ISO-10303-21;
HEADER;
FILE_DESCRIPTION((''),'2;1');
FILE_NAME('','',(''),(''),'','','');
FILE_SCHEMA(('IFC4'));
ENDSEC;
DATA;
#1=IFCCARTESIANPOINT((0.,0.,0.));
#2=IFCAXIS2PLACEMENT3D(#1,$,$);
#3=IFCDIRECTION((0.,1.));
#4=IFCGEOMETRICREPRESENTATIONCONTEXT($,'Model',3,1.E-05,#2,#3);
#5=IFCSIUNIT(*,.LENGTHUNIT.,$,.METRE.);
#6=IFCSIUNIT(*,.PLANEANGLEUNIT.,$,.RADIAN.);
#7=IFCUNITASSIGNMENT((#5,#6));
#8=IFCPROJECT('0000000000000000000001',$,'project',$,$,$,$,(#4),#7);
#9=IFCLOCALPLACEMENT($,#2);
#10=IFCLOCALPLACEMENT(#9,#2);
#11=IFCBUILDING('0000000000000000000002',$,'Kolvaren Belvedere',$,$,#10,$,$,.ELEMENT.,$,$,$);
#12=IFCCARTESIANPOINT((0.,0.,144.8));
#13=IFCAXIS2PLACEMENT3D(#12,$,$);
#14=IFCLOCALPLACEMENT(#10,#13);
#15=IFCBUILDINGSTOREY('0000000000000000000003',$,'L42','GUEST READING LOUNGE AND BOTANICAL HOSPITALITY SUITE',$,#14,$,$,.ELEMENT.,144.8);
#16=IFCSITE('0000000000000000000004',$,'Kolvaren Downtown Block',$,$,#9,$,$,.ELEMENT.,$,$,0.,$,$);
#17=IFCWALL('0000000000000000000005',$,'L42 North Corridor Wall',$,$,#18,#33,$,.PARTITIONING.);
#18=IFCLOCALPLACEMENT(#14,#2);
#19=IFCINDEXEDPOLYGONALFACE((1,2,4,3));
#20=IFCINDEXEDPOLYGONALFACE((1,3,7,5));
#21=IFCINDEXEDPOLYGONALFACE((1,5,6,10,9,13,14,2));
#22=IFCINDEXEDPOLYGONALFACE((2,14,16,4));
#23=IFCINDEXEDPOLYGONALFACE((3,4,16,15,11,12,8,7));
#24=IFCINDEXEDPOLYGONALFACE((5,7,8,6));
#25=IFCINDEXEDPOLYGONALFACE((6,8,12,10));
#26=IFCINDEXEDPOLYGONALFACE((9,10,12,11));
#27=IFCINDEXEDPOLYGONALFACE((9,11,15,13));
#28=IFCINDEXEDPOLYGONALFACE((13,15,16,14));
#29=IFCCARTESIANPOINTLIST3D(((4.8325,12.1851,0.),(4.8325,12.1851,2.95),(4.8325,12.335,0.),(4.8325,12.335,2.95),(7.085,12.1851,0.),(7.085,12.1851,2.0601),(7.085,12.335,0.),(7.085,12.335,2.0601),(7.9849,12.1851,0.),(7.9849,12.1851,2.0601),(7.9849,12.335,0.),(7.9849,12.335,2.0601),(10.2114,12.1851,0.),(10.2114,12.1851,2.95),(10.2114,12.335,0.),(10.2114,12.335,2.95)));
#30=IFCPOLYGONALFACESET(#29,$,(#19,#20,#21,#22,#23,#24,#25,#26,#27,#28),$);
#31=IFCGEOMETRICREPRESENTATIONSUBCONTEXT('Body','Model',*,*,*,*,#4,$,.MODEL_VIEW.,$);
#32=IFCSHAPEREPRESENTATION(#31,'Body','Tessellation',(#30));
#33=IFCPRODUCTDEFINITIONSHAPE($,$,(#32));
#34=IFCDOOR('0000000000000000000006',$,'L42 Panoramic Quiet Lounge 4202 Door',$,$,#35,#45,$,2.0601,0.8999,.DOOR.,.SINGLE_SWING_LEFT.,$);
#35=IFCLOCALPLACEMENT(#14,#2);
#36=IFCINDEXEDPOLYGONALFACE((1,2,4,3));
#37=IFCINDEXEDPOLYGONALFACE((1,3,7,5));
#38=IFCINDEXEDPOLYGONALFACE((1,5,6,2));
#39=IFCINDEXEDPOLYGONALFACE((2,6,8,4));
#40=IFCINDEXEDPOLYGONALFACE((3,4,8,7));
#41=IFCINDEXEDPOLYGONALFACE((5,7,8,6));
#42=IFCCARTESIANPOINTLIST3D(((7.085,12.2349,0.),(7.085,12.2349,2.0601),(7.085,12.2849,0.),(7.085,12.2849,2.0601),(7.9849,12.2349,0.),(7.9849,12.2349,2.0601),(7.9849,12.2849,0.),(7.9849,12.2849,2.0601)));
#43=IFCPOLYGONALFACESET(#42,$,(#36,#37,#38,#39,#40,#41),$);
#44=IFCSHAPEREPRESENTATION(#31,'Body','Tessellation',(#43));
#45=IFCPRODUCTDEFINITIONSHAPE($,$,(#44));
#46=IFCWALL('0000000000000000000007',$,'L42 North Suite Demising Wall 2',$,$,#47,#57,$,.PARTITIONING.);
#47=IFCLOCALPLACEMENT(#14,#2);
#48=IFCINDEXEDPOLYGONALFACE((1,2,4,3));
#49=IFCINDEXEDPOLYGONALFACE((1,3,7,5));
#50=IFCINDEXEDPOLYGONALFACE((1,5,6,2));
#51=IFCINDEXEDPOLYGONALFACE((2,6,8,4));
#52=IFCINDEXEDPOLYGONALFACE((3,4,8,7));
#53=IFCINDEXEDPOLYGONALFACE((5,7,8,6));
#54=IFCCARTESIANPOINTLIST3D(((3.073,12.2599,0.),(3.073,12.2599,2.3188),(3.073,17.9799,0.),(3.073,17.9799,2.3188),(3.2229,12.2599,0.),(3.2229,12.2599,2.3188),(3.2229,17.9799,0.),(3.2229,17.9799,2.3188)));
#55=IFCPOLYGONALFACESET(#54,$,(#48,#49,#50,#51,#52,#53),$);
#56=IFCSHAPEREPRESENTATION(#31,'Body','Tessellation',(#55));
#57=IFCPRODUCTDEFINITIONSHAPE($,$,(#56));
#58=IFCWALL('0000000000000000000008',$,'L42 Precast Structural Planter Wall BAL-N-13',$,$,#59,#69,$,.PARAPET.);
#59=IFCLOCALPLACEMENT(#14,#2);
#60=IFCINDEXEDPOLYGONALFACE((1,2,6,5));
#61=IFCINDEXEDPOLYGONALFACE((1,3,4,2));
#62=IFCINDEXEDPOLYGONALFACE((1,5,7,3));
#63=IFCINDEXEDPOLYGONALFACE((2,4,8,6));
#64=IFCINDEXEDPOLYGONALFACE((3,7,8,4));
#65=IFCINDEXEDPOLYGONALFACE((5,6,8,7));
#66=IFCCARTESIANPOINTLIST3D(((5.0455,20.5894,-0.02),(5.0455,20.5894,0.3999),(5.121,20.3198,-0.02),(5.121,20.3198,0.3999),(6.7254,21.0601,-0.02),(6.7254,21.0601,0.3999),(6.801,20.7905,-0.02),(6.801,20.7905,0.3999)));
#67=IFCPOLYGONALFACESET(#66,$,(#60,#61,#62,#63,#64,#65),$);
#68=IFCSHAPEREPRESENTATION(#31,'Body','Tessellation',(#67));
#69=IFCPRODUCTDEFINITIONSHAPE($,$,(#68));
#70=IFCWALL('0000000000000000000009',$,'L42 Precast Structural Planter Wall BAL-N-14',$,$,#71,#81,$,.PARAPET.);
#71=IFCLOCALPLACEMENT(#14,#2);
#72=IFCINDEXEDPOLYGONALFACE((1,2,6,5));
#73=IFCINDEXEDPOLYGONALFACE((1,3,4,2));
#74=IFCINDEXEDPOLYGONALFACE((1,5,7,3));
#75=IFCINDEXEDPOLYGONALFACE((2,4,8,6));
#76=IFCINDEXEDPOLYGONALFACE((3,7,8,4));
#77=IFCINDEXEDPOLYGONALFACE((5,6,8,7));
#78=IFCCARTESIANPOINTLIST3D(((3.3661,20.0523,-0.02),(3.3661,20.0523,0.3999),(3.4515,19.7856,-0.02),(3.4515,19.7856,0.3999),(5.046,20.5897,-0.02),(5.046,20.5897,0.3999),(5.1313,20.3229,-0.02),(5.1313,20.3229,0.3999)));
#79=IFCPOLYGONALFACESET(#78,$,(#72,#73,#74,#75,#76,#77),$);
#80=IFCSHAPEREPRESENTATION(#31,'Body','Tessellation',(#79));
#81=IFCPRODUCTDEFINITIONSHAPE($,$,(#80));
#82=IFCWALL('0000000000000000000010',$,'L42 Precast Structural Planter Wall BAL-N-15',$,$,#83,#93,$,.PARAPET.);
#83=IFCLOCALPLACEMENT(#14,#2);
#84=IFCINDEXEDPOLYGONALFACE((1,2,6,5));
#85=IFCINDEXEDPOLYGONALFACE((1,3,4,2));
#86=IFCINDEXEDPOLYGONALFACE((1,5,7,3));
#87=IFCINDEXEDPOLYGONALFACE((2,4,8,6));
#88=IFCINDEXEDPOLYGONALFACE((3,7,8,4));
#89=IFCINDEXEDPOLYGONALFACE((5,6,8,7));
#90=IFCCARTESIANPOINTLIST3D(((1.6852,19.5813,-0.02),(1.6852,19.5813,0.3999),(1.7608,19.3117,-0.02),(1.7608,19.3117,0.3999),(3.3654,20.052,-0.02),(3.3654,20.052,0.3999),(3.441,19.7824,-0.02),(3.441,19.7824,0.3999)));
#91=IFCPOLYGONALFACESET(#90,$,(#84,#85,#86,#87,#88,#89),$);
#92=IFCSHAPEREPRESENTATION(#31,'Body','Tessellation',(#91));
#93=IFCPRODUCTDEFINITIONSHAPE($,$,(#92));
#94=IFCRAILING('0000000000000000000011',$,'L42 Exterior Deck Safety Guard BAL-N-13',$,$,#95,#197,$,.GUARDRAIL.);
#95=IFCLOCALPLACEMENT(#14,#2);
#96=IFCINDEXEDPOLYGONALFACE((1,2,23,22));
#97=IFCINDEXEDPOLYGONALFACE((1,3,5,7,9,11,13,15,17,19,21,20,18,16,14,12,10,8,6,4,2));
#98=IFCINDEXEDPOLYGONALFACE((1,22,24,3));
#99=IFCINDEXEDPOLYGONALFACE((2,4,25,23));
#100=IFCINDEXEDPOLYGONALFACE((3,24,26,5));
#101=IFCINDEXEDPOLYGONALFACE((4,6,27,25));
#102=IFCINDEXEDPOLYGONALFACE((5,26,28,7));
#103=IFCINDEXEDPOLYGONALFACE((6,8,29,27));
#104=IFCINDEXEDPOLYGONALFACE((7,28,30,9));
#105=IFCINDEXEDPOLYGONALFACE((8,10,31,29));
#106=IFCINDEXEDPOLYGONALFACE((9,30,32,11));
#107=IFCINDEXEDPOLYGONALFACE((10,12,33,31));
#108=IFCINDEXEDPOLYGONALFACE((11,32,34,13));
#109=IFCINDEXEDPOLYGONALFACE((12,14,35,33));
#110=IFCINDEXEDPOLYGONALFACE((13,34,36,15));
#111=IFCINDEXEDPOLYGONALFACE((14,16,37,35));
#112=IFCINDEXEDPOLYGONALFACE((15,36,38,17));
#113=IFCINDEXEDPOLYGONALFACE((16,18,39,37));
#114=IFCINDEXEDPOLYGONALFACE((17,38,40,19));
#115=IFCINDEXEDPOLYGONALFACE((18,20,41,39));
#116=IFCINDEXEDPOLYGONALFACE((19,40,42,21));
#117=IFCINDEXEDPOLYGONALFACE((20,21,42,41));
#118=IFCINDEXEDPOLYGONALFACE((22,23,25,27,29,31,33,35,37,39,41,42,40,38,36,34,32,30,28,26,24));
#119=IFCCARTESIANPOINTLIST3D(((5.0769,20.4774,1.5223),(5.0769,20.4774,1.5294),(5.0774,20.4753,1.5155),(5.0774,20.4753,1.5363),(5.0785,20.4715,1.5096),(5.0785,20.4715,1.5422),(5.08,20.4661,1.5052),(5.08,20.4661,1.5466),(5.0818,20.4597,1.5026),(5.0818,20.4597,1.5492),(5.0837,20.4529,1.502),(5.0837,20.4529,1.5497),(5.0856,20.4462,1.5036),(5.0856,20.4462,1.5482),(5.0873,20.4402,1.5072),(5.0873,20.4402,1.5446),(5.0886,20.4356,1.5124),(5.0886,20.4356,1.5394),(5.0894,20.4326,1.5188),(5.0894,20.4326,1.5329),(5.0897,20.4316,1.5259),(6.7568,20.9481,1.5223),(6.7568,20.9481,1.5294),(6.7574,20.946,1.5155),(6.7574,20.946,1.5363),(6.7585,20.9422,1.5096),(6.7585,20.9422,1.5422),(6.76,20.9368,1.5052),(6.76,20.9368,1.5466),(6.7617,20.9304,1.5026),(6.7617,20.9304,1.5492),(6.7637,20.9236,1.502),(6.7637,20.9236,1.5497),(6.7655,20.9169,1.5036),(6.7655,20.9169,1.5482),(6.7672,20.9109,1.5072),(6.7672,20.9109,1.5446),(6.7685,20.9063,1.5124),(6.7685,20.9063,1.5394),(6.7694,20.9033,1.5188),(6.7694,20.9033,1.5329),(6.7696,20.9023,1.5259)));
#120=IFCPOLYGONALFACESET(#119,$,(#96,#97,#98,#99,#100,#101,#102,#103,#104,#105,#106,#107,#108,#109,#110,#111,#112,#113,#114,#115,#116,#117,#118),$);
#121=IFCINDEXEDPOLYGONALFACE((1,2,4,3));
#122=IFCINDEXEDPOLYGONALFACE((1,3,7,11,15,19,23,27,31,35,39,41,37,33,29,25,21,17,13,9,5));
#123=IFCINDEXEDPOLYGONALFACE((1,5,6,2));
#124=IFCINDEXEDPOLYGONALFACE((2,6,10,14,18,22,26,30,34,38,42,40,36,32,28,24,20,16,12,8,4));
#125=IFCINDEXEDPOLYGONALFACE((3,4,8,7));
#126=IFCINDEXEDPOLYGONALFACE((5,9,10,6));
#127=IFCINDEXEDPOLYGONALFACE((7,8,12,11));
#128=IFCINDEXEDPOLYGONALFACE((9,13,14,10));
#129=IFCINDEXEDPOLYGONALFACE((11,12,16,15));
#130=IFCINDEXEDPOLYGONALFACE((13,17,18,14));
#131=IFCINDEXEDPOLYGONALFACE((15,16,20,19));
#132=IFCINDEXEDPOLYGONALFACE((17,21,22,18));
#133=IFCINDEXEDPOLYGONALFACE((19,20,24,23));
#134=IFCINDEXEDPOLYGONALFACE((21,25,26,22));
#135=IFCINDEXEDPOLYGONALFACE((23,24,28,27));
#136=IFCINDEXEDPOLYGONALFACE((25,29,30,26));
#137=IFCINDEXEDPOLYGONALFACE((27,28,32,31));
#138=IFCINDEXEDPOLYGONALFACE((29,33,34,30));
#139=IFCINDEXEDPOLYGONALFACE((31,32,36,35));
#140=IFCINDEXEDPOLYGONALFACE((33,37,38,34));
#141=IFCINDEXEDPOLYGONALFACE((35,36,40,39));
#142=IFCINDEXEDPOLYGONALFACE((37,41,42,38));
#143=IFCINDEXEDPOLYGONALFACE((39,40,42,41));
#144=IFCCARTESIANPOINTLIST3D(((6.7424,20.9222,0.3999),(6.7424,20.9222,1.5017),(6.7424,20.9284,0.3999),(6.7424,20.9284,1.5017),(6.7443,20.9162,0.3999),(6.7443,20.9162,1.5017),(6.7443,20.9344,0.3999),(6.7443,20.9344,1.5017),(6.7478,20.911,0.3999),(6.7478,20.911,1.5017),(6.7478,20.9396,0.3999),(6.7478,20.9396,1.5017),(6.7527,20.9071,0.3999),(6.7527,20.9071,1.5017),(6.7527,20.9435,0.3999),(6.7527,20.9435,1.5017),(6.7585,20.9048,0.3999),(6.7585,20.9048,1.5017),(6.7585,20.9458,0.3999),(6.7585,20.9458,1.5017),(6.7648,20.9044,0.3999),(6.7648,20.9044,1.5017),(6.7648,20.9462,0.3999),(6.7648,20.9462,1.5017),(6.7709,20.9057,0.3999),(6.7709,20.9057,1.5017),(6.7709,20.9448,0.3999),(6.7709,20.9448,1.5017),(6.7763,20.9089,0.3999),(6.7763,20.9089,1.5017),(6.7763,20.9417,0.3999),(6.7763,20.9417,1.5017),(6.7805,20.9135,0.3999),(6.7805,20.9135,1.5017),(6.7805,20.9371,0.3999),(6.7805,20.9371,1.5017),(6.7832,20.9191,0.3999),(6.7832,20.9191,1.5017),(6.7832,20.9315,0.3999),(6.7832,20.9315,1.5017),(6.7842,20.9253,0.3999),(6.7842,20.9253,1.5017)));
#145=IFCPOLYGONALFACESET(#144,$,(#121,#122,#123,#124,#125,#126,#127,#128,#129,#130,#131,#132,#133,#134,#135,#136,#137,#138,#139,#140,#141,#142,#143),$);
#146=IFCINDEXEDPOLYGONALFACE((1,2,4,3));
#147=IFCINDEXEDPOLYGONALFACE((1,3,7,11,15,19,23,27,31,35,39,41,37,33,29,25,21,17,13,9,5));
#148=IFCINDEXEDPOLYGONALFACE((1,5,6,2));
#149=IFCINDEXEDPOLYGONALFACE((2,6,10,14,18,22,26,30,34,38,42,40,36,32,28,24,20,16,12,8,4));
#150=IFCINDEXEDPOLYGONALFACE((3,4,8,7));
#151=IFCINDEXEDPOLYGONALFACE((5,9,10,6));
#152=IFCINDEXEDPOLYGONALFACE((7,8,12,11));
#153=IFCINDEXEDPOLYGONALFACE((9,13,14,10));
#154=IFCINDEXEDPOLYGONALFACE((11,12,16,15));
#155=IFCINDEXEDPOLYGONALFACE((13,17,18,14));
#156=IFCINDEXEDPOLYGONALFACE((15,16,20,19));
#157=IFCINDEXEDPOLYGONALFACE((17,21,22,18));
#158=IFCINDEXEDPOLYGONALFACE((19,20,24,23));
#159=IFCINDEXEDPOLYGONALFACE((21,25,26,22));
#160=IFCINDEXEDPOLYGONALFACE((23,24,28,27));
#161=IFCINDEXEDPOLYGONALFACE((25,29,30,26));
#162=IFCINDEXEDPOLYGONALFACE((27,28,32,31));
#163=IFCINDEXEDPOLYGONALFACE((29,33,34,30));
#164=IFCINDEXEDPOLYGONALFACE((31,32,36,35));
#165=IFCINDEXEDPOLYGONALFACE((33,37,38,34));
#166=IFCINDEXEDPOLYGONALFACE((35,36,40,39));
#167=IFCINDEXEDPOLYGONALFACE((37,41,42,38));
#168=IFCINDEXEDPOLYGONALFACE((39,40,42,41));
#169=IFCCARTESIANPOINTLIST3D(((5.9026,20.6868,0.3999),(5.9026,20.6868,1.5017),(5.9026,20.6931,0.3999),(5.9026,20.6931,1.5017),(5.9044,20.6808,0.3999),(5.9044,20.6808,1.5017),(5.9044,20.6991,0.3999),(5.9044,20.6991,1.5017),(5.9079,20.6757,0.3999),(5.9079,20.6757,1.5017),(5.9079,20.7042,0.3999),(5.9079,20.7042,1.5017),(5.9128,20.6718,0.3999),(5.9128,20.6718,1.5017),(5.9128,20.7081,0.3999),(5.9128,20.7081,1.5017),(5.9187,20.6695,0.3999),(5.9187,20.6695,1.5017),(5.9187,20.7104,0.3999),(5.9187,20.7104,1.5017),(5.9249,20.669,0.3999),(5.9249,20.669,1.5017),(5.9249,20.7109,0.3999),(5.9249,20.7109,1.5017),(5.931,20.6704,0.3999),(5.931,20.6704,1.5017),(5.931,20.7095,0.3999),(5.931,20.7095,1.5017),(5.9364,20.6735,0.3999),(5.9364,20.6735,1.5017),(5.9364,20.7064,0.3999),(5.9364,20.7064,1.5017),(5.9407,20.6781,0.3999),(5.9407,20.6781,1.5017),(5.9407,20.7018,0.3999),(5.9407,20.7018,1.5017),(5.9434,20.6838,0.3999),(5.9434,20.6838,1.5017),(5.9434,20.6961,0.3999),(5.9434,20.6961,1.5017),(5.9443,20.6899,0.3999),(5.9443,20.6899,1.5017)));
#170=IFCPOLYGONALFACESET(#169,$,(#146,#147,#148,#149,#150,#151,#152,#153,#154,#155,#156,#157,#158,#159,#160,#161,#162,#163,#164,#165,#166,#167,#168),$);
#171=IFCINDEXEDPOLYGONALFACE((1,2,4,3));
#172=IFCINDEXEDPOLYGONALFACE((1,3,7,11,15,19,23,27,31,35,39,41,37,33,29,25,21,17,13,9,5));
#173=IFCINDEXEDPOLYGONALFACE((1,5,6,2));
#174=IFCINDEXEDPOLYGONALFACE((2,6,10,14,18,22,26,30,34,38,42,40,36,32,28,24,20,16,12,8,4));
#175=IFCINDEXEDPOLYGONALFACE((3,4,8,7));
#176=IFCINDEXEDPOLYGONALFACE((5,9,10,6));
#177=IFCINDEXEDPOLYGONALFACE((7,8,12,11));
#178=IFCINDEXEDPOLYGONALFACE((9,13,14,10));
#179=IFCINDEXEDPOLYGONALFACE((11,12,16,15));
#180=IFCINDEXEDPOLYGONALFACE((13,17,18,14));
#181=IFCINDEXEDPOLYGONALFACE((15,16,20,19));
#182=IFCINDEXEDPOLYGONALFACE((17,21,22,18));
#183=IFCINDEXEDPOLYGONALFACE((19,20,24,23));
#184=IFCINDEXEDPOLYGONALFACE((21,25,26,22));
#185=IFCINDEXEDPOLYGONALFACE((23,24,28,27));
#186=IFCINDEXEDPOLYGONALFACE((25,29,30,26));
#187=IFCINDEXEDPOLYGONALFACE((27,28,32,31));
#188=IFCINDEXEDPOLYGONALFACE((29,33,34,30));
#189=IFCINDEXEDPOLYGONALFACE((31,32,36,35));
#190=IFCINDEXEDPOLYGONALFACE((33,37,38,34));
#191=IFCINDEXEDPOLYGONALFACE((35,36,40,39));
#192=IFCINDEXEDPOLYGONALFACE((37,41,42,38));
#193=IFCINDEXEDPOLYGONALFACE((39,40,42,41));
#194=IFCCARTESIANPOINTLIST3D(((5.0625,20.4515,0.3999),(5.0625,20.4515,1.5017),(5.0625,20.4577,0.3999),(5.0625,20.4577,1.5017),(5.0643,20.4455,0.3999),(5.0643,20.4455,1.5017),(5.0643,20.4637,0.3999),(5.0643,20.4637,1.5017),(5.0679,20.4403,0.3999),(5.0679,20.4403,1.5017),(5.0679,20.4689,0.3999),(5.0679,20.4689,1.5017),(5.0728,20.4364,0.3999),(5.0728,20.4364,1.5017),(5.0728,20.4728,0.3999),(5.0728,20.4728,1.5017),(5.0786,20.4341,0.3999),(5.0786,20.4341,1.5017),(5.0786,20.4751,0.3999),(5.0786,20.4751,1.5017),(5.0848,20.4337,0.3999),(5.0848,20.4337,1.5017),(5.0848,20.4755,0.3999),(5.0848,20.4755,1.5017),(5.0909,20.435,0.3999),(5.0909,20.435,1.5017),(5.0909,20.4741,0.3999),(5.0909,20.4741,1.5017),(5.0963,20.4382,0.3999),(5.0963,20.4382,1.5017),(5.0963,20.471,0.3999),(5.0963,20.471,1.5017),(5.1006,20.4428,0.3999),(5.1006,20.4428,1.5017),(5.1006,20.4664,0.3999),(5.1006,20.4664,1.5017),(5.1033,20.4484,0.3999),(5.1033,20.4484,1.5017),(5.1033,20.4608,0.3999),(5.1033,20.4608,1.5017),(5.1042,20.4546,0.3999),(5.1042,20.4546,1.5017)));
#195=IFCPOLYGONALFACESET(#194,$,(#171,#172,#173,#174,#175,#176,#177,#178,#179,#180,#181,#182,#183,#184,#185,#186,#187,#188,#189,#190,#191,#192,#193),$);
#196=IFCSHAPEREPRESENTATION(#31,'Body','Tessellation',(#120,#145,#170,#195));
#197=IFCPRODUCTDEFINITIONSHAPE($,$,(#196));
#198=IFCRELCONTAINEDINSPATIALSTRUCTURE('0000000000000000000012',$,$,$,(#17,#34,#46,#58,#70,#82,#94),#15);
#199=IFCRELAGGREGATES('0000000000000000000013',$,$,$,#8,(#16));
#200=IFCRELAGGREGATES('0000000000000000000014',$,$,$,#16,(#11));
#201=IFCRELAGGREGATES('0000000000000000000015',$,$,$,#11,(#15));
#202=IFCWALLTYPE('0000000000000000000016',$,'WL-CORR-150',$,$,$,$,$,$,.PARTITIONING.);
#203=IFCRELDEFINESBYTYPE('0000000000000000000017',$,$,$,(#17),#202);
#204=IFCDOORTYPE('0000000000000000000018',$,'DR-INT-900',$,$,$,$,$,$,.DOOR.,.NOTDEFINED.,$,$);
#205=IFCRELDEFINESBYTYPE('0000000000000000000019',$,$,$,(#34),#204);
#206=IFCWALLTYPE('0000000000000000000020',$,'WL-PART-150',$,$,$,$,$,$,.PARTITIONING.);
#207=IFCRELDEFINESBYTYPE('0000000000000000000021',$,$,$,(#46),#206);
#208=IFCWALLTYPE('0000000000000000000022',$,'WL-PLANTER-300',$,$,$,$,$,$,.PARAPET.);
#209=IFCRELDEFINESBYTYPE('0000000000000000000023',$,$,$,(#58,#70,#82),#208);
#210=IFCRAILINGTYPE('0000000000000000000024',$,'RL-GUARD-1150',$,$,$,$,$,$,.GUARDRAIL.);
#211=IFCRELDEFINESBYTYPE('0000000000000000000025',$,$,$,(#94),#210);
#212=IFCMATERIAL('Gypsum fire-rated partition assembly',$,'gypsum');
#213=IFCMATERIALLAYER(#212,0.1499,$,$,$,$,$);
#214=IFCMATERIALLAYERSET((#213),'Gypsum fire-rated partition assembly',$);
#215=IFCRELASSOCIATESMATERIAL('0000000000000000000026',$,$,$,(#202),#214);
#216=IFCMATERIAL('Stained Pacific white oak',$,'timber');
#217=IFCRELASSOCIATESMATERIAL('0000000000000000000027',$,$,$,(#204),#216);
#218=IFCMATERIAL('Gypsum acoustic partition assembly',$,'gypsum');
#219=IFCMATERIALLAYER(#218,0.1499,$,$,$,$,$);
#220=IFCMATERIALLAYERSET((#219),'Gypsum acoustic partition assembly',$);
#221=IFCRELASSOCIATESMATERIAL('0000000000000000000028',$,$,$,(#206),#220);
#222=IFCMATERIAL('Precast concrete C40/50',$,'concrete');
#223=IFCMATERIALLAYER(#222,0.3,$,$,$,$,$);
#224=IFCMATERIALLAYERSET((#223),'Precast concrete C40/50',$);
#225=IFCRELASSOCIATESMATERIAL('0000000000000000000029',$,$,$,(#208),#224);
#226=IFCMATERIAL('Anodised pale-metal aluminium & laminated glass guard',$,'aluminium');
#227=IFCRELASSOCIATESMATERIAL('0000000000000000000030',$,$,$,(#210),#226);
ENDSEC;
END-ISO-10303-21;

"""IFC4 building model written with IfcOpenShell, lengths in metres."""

from ifc_helpers import new_model, si_unit, direction, frame, frame_2d, origin, origin_2d, place, context, subcontext, project, spatial, rectangle, circle, extrude, material, layer, layer_set, type_object, element, fill, save


model = new_model("IFC4")

# Units and contexts
model_context = context("Model", 3, precision=1e-05, world=origin(), true_north=direction((0.0, 1.0)))
body_context = subcontext(model_context, "Body", "Model", "MODEL_VIEW")
ifc_project = project(units=[si_unit("LENGTHUNIT", "METRE"), si_unit("PLANEANGLEUNIT", "RADIAN")], contexts=[model_context])

# Site, building, storey
site_placement = place(None, origin())
site = spatial("IfcSite", under=ifc_project, at=site_placement, Name="Kolvaren Downtown Block", CompositionType="ELEMENT", RefElevation=0.0)
building_placement = place(site_placement, origin())
building = spatial("IfcBuilding", under=site, at=building_placement, Name="Kolvaren Belvedere", CompositionType="ELEMENT")
storey_placement = place(building_placement, frame((0.0, 0.0, 144.8)))
storey = spatial("IfcBuildingStorey", under=building, at=storey_placement, Name="L42", Description="GUEST READING LOUNGE AND BOTANICAL HOSPITALITY SUITE", CompositionType="ELEMENT", Elevation=144.8)

# Shared definitions
ifc_material_1 = material(Name="Gypsum fire-rated partition assembly", Category="gypsum")
ifc_layer_1 = layer(ifc_material_1, 0.1499)
ifc_layer_set_1 = layer_set([ifc_layer_1], Name="Gypsum fire-rated partition assembly")
wall_type_1 = type_object("IfcWallType", Name="WL-CORR-150", PredefinedType="PARTITIONING", material=ifc_layer_set_1)

# Wall, opening, door
wall_1_placement = place(storey_placement, frame((4.8325, 12.26, 0.0), z_axis=(0.0, 0.0, 1.0), x_axis=(1.0, 0.0, 0.0)))
wall_1 = element("IfcWall", 1, at=wall_1_placement, inside=storey, type_object=wall_type_1, Name="L42 North Corridor Wall", PredefinedType="PARTITIONING", context=body_context, shape_type="SweptSolid", body=[
    extrude(rectangle(XDim=5.3789, YDim=0.1499, at=frame_2d((2.6895, 0.0))), origin(), (0.0, 0.0, 1.0), 2.95),
])
opening_placement = place(wall_1_placement, frame((2.2524, 0.0, 0.0)))
opening = element("IfcOpeningElement", 2, at=opening_placement, cuts=wall_1, PredefinedType="OPENING", context=body_context, shape_type="SweptSolid", body=[
    extrude(rectangle(XDim=0.8999, YDim=2.0601, at=frame_2d((0.45, 1.03))), frame((0.0, 0.085, 0.0), z_axis=(0.0, -1.0, 0.0), x_axis=(1.0, 0.0, 0.0)), (0.0, 0.0, 1.0), 0.1699),
])
ifc_material_2 = material(Name="Stained Pacific white oak", Category="timber")
door_type = type_object("IfcDoorType", Name="DR-INT-900", OperationType="NOTDEFINED", PredefinedType="DOOR", material=ifc_material_2)
door_placement = place(opening_placement, origin())
door = element("IfcDoor", 3, at=door_placement, inside=storey, type_object=door_type, Name="L42 Panoramic Quiet Lounge 4202 Door", OperationType="SINGLE_SWING_LEFT", OverallHeight=2.0601, OverallWidth=0.8999, PredefinedType="DOOR", context=body_context, shape_type="SweptSolid", body=[
    extrude(rectangle(XDim=0.8999, YDim=2.0601, at=frame_2d((0.45, 1.03))), frame((0.0, 0.0249, 0.0), z_axis=(0.0, -1.0, 0.0), x_axis=(1.0, 0.0, 0.0)), (0.0, 0.0, 1.0), 0.05),
])
fill(opening, door)

# Walls
ifc_material_3 = material(Name="Gypsum acoustic partition assembly", Category="gypsum")
ifc_layer_2 = layer(ifc_material_3, 0.1499)
ifc_layer_set_2 = layer_set([ifc_layer_2], Name="Gypsum acoustic partition assembly")
wall_type_2 = type_object("IfcWallType", Name="WL-PART-150", PredefinedType="PARTITIONING", material=ifc_layer_set_2)
wall_2_placement = place(storey_placement, frame((3.1479, 12.26, 0.0), z_axis=(0.0, 0.0, 1.0), x_axis=(0.0, 1.0, 0.0)))
element("IfcWall", 4, at=wall_2_placement, inside=storey, type_object=wall_type_2, Name="L42 North Suite Demising Wall 2", PredefinedType="PARTITIONING", context=body_context, shape_type="SweptSolid", body=[
    extrude(rectangle(XDim=5.72, YDim=0.1499, at=frame_2d((2.8599, 0.0))), origin(), (0.0, 0.0, 1.0), 2.3188),
])
ifc_material_4 = material(Name="Precast concrete C40/50", Category="concrete")
ifc_layer_3 = layer(ifc_material_4, 0.3)
ifc_layer_set_3 = layer_set([ifc_layer_3], Name="Precast concrete C40/50")
wall_type_3 = type_object("IfcWallType", Name="WL-PLANTER-300", PredefinedType="PARAPET", material=ifc_layer_set_3)
wall_3_placement = place(storey_placement, frame((6.7632, 20.9253, -0.02), z_axis=(0.0, 0.0, 1.0), x_axis=(-0.962916, -0.269801, 0.0)))
element("IfcWall", 5, at=wall_3_placement, inside=storey, type_object=wall_type_3, Name="L42 Precast Structural Planter Wall BAL-N-13", PredefinedType="PARAPET", context=body_context, shape_type="SweptSolid", body=[
    extrude(rectangle(XDim=1.7446, YDim=0.28, at=frame_2d((0.8723, 0.0))), origin(), (0.0, 0.0, 1.0), 0.4199),
])
wall_4_placement = place(storey_placement, frame((5.0886, 20.4563, -0.02), z_axis=(0.0, 0.0, 1.0), x_axis=(-0.952461, -0.30466, 0.0)))
element("IfcWall", 6, at=wall_4_placement, inside=storey, type_object=wall_type_3, Name="L42 Precast Structural Planter Wall BAL-N-14", PredefinedType="PARAPET", context=body_context, shape_type="SweptSolid", body=[
    extrude(rectangle(XDim=1.7637, YDim=0.28, at=frame_2d((0.8818, 0.0))), origin(), (0.0, 0.0, 1.0), 0.4199),
])
wall_5_placement = place(storey_placement, frame((3.4033, 19.9172, -0.02), z_axis=(0.0, 0.0, 1.0), x_axis=(-0.962926, -0.269765, 0.0)))
element("IfcWall", 7, at=wall_5_placement, inside=storey, type_object=wall_type_3, Name="L42 Precast Structural Planter Wall BAL-N-15", PredefinedType="PARAPET", context=body_context, shape_type="SweptSolid", body=[
    extrude(rectangle(XDim=1.7449, YDim=0.28, at=frame_2d((0.8726, 0.0))), origin(), (0.0, 0.0, 1.0), 0.4199),
])

# Railing
ifc_material_5 = material(Name="Anodised pale-metal aluminium & laminated glass guard", Category="aluminium")
railing_type = type_object("IfcRailingType", Name="RL-GUARD-1150", PredefinedType="GUARDRAIL", material=ifc_material_5)
railing_1_placement = place(storey_placement, frame((6.7632, 20.9253, 0.3999)))
element("IfcRailing", 8, at=railing_1_placement, inside=storey, type_object=railing_type, Name="L42 Exterior Deck Safety Guard BAL-N-13", PredefinedType="GUARDRAIL", context=body_context, shape_type="SweptSolid", body=[
    extrude(circle(Radius=0.0239, at=origin_2d()), frame((0.0, 0.0, 1.126), z_axis=(-0.962916, -0.269801, 0.0), x_axis=(0.269801, -0.962916, 0.0)), (0.0, 0.0, 1.0), 1.7446),
    extrude(circle(Radius=0.021, at=origin_2d()), origin(), (0.0, 0.0, 1.0), 1.1018),
    extrude(circle(Radius=0.021, at=origin_2d()), frame((-0.8398, -0.2354, 0.0)), (0.0, 0.0, 1.0), 1.1018),
    extrude(circle(Radius=0.021, at=origin_2d()), frame((-1.6799, -0.4707, 0.0)), (0.0, 0.0, 1.0), 1.1018),
])

save(model, "model.ifc")
